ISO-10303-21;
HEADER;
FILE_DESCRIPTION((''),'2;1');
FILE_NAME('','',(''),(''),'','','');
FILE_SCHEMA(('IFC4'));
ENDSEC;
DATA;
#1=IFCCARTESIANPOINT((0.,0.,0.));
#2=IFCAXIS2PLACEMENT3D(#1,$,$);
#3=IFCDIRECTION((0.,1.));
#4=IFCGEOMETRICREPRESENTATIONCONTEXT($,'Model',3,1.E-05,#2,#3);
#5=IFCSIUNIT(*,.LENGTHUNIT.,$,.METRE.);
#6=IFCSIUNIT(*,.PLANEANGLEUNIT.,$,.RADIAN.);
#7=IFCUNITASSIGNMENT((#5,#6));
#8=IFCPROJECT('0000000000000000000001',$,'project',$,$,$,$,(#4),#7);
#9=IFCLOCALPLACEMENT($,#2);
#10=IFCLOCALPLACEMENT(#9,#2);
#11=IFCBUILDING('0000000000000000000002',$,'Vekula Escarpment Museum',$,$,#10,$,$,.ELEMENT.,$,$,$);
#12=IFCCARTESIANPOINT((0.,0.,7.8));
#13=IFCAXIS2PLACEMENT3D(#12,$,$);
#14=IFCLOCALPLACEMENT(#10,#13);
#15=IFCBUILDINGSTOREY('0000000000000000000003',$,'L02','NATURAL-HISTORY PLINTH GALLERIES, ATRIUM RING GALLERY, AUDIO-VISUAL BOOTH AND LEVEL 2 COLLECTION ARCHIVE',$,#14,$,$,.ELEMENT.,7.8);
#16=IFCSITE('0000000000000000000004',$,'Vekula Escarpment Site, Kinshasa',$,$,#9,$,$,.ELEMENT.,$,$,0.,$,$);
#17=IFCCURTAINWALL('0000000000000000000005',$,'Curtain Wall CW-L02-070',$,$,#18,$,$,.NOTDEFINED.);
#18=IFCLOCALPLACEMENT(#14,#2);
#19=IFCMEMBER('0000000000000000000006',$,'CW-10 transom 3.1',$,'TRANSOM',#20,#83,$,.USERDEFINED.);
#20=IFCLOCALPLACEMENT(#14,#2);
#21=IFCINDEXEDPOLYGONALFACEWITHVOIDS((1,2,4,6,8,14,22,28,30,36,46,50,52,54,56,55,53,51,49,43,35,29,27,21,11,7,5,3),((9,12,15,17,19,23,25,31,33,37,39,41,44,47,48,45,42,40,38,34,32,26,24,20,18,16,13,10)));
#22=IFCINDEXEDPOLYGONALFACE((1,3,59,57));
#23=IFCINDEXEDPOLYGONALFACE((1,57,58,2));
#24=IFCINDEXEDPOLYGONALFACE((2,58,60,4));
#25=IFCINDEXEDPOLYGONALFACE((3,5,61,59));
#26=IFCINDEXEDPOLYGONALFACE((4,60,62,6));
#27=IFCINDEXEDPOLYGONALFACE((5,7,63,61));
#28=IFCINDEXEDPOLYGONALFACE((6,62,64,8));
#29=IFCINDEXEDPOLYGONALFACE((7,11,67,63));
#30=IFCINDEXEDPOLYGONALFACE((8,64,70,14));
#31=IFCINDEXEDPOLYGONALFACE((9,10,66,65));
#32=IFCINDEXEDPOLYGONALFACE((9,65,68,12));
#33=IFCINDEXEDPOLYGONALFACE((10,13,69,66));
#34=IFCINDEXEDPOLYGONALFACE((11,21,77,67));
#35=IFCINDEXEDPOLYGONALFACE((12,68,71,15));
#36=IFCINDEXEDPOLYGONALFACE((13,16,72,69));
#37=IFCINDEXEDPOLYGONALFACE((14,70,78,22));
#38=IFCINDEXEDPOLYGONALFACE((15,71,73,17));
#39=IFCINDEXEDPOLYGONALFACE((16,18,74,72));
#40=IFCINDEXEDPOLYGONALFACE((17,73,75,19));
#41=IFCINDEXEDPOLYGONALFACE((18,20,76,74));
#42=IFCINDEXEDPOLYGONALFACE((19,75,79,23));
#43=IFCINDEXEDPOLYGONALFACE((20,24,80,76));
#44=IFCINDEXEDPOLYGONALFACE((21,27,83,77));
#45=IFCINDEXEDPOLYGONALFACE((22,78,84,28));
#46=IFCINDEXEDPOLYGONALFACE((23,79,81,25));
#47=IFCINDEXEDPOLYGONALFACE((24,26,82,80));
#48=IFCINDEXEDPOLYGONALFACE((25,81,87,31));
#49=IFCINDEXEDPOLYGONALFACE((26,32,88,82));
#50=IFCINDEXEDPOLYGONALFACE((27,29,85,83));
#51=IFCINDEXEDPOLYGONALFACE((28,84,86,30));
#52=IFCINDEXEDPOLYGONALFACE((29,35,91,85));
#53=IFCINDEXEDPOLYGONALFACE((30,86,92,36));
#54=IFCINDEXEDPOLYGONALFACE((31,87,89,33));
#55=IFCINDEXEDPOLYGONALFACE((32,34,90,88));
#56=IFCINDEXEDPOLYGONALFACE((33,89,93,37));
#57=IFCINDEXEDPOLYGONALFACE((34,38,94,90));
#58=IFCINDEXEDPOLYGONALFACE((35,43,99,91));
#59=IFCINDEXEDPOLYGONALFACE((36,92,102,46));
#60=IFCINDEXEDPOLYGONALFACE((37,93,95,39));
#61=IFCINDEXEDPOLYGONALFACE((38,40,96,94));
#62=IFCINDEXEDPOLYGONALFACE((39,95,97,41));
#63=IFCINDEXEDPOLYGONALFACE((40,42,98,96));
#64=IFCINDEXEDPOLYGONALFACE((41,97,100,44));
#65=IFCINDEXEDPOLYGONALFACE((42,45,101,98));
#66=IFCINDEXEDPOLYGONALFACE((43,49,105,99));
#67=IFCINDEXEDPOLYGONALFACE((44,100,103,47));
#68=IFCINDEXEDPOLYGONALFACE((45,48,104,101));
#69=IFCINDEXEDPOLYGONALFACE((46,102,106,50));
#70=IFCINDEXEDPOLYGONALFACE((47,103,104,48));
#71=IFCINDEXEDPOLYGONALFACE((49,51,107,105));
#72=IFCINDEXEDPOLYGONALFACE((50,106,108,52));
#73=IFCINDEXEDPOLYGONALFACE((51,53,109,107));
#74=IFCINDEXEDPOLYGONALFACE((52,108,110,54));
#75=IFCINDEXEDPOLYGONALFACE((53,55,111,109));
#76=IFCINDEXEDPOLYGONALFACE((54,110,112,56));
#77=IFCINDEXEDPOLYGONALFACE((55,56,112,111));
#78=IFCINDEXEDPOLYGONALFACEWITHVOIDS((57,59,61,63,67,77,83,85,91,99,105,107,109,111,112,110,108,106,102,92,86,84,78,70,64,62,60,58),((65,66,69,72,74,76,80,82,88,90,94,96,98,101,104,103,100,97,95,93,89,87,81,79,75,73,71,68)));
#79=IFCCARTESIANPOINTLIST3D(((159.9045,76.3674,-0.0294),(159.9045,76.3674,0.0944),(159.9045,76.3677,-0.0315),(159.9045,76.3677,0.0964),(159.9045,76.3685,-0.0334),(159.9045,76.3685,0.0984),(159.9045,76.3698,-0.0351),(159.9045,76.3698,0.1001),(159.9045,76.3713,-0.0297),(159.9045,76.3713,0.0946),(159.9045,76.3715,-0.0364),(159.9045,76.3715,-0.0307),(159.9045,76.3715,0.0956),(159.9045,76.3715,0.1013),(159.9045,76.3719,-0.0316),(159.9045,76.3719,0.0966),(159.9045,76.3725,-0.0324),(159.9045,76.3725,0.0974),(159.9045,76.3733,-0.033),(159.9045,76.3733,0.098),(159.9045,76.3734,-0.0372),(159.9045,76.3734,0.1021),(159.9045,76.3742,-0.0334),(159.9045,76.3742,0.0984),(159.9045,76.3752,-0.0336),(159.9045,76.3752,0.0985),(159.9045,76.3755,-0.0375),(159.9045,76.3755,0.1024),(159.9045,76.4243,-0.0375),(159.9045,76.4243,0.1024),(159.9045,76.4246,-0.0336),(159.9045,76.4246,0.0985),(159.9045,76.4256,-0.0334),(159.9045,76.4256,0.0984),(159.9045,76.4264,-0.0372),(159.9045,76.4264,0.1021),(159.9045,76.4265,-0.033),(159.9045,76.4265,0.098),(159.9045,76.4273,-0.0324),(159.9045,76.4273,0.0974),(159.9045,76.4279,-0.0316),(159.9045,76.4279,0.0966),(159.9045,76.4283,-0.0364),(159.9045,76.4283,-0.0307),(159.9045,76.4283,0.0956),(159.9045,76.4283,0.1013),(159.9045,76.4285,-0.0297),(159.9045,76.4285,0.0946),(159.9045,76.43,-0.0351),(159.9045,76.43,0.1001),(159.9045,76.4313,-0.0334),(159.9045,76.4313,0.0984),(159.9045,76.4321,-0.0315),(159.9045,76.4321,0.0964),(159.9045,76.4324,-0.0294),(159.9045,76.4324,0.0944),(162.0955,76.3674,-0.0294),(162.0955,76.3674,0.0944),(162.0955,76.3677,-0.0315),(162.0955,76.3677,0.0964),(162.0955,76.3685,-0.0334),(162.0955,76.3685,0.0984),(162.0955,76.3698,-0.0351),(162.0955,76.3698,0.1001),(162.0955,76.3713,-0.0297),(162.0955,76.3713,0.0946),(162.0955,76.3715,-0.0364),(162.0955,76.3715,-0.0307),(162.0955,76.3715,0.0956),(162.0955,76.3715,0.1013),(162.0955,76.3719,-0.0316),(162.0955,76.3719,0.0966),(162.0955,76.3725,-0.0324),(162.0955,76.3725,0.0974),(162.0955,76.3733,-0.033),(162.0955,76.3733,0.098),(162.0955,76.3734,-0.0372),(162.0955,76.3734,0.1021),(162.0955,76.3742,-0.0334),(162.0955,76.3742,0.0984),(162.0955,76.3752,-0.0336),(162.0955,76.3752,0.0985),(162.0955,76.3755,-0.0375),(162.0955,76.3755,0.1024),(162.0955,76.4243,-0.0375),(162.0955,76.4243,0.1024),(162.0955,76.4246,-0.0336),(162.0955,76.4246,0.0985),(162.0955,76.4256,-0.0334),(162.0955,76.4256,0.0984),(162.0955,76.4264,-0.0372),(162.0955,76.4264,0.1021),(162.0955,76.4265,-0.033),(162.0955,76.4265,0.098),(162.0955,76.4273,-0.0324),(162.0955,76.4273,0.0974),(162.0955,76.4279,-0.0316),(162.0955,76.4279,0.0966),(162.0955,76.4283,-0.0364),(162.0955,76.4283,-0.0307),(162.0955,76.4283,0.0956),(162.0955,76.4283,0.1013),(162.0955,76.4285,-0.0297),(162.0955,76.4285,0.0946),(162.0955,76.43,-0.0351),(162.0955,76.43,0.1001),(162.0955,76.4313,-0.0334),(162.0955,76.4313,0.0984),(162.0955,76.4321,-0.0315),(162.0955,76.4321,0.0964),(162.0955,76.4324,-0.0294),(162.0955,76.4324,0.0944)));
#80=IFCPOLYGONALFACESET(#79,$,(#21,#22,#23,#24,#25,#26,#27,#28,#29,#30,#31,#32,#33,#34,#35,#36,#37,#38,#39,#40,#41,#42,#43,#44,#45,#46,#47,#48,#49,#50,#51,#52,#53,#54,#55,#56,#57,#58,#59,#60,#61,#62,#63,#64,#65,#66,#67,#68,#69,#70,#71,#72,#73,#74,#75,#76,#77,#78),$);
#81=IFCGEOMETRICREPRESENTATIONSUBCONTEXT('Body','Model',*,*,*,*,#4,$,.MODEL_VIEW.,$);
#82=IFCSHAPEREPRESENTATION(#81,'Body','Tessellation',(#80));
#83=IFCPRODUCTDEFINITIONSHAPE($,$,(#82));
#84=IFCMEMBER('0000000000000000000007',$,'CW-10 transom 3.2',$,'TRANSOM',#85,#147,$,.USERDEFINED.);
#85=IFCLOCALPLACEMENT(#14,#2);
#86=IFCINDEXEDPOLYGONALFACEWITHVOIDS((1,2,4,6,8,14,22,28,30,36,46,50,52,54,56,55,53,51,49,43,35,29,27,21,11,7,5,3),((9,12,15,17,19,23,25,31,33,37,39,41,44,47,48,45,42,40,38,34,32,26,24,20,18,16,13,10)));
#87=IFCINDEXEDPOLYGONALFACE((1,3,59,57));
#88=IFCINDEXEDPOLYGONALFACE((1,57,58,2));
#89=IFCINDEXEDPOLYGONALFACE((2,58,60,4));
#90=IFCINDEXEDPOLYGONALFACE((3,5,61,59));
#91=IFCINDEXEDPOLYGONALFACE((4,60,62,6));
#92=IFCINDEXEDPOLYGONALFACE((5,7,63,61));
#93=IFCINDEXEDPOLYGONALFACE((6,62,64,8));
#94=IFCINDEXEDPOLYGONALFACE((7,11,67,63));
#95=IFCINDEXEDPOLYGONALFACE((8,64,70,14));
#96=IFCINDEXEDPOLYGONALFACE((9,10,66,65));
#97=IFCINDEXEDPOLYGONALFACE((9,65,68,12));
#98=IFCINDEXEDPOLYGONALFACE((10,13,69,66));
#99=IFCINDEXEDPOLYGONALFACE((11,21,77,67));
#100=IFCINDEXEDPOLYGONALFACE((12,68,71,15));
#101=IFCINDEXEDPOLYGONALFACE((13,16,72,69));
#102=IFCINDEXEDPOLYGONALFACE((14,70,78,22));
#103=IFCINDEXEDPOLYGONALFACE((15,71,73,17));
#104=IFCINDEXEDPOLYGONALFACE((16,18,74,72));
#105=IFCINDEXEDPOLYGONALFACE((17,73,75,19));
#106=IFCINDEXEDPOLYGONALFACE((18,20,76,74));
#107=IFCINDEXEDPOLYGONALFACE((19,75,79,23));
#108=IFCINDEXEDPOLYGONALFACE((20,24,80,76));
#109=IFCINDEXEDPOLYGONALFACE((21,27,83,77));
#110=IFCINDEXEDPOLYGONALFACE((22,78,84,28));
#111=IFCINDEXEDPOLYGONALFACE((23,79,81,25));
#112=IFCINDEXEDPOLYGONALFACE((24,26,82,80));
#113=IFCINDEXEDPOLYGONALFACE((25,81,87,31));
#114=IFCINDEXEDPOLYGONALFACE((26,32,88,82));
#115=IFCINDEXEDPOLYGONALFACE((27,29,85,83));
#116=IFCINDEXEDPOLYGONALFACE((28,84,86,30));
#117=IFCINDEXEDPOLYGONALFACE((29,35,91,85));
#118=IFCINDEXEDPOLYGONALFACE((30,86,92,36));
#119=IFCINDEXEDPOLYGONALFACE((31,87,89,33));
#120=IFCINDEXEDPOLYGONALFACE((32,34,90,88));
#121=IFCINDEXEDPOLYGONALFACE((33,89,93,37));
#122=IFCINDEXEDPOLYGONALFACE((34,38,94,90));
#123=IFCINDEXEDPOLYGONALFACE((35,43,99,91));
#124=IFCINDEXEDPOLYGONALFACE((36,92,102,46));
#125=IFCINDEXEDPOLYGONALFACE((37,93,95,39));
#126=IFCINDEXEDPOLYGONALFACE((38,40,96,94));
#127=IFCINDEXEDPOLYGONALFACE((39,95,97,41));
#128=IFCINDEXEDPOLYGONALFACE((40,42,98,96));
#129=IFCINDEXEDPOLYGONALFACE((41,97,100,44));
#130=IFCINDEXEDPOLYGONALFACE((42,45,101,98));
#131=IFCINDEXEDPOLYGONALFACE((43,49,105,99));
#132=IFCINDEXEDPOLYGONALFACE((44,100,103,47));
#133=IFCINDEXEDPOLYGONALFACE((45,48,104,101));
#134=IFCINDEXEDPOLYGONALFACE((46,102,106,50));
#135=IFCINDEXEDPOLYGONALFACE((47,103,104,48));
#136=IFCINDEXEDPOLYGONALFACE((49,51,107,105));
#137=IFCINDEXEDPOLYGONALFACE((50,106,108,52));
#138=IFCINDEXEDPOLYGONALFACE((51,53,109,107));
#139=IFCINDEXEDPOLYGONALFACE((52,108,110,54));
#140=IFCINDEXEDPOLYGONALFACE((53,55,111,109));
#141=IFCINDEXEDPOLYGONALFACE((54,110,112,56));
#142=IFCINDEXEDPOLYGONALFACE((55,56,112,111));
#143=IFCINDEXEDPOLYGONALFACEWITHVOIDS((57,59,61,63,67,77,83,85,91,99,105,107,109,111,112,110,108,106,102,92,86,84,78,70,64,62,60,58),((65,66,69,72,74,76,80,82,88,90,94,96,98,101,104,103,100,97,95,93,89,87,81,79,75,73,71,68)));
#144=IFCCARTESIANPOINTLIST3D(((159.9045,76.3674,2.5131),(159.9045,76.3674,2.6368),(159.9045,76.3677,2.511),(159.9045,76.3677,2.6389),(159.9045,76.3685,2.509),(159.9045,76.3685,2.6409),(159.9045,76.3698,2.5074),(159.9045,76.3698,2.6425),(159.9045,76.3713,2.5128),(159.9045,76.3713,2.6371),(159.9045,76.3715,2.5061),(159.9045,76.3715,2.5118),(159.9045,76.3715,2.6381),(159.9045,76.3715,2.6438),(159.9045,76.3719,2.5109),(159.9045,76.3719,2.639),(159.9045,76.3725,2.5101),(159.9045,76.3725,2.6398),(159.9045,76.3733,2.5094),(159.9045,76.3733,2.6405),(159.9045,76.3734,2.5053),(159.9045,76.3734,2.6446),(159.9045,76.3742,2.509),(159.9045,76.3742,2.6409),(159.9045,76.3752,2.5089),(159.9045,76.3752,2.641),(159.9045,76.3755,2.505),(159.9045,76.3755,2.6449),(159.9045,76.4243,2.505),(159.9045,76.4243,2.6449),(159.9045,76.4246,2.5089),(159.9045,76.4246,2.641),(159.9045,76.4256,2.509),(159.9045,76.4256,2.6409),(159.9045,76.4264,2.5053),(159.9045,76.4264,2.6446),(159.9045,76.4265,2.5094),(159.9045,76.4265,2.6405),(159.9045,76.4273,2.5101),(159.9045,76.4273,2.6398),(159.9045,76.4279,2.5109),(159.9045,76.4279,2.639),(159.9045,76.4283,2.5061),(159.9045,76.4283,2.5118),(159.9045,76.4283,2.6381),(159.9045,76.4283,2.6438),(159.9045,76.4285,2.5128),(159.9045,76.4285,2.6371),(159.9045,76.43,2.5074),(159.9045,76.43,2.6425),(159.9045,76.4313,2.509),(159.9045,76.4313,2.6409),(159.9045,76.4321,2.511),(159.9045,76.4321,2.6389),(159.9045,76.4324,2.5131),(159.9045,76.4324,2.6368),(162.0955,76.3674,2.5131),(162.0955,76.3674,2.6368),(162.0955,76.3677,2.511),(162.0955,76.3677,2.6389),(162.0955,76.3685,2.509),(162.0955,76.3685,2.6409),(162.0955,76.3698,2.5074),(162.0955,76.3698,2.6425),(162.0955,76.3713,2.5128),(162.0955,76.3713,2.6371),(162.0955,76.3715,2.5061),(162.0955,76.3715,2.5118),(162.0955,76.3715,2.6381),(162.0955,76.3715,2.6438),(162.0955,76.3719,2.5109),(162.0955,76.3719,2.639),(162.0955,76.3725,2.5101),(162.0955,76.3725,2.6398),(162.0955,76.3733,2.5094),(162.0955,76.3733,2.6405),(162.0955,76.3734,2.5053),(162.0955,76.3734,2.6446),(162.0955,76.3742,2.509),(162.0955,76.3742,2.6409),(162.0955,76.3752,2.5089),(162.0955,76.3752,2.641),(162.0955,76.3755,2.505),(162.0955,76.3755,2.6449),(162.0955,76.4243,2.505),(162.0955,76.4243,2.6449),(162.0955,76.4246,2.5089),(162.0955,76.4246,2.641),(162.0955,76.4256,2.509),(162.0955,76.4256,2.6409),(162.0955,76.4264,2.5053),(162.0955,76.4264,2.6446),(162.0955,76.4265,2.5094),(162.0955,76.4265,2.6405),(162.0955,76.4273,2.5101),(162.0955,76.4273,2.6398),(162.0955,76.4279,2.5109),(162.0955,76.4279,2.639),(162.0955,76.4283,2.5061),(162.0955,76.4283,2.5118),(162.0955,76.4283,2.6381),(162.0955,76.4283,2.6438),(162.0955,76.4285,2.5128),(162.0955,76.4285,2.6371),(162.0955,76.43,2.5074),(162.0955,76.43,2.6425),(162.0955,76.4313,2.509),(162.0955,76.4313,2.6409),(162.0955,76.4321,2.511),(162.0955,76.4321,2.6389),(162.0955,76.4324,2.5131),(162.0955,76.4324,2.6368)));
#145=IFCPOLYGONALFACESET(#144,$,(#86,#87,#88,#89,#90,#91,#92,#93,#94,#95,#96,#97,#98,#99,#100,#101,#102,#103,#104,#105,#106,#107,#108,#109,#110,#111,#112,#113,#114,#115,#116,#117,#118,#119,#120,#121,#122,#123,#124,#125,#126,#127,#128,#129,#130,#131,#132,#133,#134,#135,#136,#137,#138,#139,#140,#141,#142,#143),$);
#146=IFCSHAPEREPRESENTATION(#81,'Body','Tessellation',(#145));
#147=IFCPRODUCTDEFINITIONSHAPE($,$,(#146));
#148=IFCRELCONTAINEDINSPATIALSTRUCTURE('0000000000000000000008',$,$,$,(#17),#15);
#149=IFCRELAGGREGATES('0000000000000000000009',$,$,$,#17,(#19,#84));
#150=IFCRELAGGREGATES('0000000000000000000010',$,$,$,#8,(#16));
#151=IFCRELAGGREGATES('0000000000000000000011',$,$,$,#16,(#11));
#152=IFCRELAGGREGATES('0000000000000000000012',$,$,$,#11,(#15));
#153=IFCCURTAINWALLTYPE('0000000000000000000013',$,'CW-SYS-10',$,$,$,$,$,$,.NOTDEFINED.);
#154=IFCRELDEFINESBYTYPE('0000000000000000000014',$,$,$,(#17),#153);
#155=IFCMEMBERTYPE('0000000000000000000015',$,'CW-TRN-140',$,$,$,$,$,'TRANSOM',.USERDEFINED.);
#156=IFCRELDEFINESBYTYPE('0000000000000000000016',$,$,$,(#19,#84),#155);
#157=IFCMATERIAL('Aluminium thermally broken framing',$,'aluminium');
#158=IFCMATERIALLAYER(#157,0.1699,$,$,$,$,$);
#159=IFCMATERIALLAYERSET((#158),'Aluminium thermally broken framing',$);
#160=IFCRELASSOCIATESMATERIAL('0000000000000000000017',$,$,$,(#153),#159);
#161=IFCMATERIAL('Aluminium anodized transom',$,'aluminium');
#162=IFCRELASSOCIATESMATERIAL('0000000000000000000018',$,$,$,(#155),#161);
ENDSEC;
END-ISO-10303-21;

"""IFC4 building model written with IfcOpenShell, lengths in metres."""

from ifc_helpers import new_model, si_unit, direction, frame, origin, origin_2d, place, context, subcontext, project, spatial, hollow_rectangle, extrude, material, layer, layer_set, material_profile, profile_set, type_object, element, aggregate, save


model = new_model("IFC4")

# Units and contexts
model_context = context("Model", 3, precision=1e-05, world=origin(), true_north=direction((0.0, 1.0)))
body_context = subcontext(model_context, "Body", "Model", "MODEL_VIEW")
ifc_project = project(units=[si_unit("LENGTHUNIT", "METRE"), si_unit("PLANEANGLEUNIT", "RADIAN")], contexts=[model_context])

# Site, building, storey
site_placement = place(None, origin())
site = spatial("IfcSite", under=ifc_project, at=site_placement, Name="Vekula Escarpment Site, Kinshasa", CompositionType="ELEMENT", RefElevation=0.0)
building_placement = place(site_placement, origin())
building = spatial("IfcBuilding", under=site, at=building_placement, Name="Vekula Escarpment Museum", CompositionType="ELEMENT")
storey_placement = place(building_placement, frame((0.0, 0.0, 7.8)))
storey = spatial("IfcBuildingStorey", under=building, at=storey_placement, Name="L02", Description="NATURAL-HISTORY PLINTH GALLERIES, ATRIUM RING GALLERY, AUDIO-VISUAL BOOTH AND LEVEL 2 COLLECTION ARCHIVE", CompositionType="ELEMENT", Elevation=7.8)

# Curtain wall, members
ifc_material_1 = material(Name="Aluminium thermally broken framing", Category="aluminium")
ifc_layer_1 = layer(ifc_material_1, 0.1699)
ifc_layer_set_1 = layer_set([ifc_layer_1], Name="Aluminium thermally broken framing")
curtain_wall_type = type_object("IfcCurtainWallType", Name="CW-SYS-10", PredefinedType="NOTDEFINED", material=ifc_layer_set_1)
curtain_wall_placement = place(storey_placement, origin())
curtain_wall = element("IfcCurtainWall", 1, at=curtain_wall_placement, inside=storey, type_object=curtain_wall_type, Name="Curtain Wall CW-L02-070", PredefinedType="NOTDEFINED")
ifc_material_2 = material(Name="Aluminium anodized transom", Category="aluminium")
ifc_material_profile_1 = material_profile(ifc_material_2, hollow_rectangle(XDim=0.0649, YDim=0.1399, WallThickness=0.0039, InnerFilletRadius=0.0039, OuterFilletRadius=0.0081, at=origin_2d()), Name="ALU 140x65x4")
ifc_profile_set_1 = profile_set([ifc_material_profile_1], Name="Aluminium anodized transom")
member_type_1 = type_object("IfcMemberType", Name="CW-TRN-140", ElementType="TRANSOM", PredefinedType="USERDEFINED", material=ifc_profile_set_1)
member_1_placement = place(storey_placement, frame((162.0955, 76.3999, 0.0325), z_axis=(-1.0, 0.0, 0.0), x_axis=(0.0, -1.0, 0.0)))
member_1 = element("IfcMember", 2, at=member_1_placement, type_object=member_type_1, Name="CW-10 transom 3.1", ObjectType="TRANSOM", PredefinedType="USERDEFINED", context=body_context, shape_type="SweptSolid", body=[
    extrude(hollow_rectangle(XDim=0.0649, YDim=0.1399, WallThickness=0.0039, InnerFilletRadius=0.0039, OuterFilletRadius=0.0081, at=origin_2d()), origin(), (0.0, 0.0, 1.0), 2.1909),
])
member_2_placement = place(storey_placement, frame((162.0955, 76.3999, 2.575), z_axis=(-1.0, 0.0, 0.0), x_axis=(0.0, -1.0, 0.0)))
member_2 = element("IfcMember", 3, at=member_2_placement, type_object=member_type_1, Name="CW-10 transom 3.2", ObjectType="TRANSOM", PredefinedType="USERDEFINED", context=body_context, shape_type="SweptSolid", body=[
    extrude(hollow_rectangle(XDim=0.0649, YDim=0.1399, WallThickness=0.0039, InnerFilletRadius=0.0039, OuterFilletRadius=0.0081, at=origin_2d()), origin(), (0.0, 0.0, 1.0), 2.1909),
])
aggregate(curtain_wall, [member_1, member_2])

save(model, "model.ifc")
